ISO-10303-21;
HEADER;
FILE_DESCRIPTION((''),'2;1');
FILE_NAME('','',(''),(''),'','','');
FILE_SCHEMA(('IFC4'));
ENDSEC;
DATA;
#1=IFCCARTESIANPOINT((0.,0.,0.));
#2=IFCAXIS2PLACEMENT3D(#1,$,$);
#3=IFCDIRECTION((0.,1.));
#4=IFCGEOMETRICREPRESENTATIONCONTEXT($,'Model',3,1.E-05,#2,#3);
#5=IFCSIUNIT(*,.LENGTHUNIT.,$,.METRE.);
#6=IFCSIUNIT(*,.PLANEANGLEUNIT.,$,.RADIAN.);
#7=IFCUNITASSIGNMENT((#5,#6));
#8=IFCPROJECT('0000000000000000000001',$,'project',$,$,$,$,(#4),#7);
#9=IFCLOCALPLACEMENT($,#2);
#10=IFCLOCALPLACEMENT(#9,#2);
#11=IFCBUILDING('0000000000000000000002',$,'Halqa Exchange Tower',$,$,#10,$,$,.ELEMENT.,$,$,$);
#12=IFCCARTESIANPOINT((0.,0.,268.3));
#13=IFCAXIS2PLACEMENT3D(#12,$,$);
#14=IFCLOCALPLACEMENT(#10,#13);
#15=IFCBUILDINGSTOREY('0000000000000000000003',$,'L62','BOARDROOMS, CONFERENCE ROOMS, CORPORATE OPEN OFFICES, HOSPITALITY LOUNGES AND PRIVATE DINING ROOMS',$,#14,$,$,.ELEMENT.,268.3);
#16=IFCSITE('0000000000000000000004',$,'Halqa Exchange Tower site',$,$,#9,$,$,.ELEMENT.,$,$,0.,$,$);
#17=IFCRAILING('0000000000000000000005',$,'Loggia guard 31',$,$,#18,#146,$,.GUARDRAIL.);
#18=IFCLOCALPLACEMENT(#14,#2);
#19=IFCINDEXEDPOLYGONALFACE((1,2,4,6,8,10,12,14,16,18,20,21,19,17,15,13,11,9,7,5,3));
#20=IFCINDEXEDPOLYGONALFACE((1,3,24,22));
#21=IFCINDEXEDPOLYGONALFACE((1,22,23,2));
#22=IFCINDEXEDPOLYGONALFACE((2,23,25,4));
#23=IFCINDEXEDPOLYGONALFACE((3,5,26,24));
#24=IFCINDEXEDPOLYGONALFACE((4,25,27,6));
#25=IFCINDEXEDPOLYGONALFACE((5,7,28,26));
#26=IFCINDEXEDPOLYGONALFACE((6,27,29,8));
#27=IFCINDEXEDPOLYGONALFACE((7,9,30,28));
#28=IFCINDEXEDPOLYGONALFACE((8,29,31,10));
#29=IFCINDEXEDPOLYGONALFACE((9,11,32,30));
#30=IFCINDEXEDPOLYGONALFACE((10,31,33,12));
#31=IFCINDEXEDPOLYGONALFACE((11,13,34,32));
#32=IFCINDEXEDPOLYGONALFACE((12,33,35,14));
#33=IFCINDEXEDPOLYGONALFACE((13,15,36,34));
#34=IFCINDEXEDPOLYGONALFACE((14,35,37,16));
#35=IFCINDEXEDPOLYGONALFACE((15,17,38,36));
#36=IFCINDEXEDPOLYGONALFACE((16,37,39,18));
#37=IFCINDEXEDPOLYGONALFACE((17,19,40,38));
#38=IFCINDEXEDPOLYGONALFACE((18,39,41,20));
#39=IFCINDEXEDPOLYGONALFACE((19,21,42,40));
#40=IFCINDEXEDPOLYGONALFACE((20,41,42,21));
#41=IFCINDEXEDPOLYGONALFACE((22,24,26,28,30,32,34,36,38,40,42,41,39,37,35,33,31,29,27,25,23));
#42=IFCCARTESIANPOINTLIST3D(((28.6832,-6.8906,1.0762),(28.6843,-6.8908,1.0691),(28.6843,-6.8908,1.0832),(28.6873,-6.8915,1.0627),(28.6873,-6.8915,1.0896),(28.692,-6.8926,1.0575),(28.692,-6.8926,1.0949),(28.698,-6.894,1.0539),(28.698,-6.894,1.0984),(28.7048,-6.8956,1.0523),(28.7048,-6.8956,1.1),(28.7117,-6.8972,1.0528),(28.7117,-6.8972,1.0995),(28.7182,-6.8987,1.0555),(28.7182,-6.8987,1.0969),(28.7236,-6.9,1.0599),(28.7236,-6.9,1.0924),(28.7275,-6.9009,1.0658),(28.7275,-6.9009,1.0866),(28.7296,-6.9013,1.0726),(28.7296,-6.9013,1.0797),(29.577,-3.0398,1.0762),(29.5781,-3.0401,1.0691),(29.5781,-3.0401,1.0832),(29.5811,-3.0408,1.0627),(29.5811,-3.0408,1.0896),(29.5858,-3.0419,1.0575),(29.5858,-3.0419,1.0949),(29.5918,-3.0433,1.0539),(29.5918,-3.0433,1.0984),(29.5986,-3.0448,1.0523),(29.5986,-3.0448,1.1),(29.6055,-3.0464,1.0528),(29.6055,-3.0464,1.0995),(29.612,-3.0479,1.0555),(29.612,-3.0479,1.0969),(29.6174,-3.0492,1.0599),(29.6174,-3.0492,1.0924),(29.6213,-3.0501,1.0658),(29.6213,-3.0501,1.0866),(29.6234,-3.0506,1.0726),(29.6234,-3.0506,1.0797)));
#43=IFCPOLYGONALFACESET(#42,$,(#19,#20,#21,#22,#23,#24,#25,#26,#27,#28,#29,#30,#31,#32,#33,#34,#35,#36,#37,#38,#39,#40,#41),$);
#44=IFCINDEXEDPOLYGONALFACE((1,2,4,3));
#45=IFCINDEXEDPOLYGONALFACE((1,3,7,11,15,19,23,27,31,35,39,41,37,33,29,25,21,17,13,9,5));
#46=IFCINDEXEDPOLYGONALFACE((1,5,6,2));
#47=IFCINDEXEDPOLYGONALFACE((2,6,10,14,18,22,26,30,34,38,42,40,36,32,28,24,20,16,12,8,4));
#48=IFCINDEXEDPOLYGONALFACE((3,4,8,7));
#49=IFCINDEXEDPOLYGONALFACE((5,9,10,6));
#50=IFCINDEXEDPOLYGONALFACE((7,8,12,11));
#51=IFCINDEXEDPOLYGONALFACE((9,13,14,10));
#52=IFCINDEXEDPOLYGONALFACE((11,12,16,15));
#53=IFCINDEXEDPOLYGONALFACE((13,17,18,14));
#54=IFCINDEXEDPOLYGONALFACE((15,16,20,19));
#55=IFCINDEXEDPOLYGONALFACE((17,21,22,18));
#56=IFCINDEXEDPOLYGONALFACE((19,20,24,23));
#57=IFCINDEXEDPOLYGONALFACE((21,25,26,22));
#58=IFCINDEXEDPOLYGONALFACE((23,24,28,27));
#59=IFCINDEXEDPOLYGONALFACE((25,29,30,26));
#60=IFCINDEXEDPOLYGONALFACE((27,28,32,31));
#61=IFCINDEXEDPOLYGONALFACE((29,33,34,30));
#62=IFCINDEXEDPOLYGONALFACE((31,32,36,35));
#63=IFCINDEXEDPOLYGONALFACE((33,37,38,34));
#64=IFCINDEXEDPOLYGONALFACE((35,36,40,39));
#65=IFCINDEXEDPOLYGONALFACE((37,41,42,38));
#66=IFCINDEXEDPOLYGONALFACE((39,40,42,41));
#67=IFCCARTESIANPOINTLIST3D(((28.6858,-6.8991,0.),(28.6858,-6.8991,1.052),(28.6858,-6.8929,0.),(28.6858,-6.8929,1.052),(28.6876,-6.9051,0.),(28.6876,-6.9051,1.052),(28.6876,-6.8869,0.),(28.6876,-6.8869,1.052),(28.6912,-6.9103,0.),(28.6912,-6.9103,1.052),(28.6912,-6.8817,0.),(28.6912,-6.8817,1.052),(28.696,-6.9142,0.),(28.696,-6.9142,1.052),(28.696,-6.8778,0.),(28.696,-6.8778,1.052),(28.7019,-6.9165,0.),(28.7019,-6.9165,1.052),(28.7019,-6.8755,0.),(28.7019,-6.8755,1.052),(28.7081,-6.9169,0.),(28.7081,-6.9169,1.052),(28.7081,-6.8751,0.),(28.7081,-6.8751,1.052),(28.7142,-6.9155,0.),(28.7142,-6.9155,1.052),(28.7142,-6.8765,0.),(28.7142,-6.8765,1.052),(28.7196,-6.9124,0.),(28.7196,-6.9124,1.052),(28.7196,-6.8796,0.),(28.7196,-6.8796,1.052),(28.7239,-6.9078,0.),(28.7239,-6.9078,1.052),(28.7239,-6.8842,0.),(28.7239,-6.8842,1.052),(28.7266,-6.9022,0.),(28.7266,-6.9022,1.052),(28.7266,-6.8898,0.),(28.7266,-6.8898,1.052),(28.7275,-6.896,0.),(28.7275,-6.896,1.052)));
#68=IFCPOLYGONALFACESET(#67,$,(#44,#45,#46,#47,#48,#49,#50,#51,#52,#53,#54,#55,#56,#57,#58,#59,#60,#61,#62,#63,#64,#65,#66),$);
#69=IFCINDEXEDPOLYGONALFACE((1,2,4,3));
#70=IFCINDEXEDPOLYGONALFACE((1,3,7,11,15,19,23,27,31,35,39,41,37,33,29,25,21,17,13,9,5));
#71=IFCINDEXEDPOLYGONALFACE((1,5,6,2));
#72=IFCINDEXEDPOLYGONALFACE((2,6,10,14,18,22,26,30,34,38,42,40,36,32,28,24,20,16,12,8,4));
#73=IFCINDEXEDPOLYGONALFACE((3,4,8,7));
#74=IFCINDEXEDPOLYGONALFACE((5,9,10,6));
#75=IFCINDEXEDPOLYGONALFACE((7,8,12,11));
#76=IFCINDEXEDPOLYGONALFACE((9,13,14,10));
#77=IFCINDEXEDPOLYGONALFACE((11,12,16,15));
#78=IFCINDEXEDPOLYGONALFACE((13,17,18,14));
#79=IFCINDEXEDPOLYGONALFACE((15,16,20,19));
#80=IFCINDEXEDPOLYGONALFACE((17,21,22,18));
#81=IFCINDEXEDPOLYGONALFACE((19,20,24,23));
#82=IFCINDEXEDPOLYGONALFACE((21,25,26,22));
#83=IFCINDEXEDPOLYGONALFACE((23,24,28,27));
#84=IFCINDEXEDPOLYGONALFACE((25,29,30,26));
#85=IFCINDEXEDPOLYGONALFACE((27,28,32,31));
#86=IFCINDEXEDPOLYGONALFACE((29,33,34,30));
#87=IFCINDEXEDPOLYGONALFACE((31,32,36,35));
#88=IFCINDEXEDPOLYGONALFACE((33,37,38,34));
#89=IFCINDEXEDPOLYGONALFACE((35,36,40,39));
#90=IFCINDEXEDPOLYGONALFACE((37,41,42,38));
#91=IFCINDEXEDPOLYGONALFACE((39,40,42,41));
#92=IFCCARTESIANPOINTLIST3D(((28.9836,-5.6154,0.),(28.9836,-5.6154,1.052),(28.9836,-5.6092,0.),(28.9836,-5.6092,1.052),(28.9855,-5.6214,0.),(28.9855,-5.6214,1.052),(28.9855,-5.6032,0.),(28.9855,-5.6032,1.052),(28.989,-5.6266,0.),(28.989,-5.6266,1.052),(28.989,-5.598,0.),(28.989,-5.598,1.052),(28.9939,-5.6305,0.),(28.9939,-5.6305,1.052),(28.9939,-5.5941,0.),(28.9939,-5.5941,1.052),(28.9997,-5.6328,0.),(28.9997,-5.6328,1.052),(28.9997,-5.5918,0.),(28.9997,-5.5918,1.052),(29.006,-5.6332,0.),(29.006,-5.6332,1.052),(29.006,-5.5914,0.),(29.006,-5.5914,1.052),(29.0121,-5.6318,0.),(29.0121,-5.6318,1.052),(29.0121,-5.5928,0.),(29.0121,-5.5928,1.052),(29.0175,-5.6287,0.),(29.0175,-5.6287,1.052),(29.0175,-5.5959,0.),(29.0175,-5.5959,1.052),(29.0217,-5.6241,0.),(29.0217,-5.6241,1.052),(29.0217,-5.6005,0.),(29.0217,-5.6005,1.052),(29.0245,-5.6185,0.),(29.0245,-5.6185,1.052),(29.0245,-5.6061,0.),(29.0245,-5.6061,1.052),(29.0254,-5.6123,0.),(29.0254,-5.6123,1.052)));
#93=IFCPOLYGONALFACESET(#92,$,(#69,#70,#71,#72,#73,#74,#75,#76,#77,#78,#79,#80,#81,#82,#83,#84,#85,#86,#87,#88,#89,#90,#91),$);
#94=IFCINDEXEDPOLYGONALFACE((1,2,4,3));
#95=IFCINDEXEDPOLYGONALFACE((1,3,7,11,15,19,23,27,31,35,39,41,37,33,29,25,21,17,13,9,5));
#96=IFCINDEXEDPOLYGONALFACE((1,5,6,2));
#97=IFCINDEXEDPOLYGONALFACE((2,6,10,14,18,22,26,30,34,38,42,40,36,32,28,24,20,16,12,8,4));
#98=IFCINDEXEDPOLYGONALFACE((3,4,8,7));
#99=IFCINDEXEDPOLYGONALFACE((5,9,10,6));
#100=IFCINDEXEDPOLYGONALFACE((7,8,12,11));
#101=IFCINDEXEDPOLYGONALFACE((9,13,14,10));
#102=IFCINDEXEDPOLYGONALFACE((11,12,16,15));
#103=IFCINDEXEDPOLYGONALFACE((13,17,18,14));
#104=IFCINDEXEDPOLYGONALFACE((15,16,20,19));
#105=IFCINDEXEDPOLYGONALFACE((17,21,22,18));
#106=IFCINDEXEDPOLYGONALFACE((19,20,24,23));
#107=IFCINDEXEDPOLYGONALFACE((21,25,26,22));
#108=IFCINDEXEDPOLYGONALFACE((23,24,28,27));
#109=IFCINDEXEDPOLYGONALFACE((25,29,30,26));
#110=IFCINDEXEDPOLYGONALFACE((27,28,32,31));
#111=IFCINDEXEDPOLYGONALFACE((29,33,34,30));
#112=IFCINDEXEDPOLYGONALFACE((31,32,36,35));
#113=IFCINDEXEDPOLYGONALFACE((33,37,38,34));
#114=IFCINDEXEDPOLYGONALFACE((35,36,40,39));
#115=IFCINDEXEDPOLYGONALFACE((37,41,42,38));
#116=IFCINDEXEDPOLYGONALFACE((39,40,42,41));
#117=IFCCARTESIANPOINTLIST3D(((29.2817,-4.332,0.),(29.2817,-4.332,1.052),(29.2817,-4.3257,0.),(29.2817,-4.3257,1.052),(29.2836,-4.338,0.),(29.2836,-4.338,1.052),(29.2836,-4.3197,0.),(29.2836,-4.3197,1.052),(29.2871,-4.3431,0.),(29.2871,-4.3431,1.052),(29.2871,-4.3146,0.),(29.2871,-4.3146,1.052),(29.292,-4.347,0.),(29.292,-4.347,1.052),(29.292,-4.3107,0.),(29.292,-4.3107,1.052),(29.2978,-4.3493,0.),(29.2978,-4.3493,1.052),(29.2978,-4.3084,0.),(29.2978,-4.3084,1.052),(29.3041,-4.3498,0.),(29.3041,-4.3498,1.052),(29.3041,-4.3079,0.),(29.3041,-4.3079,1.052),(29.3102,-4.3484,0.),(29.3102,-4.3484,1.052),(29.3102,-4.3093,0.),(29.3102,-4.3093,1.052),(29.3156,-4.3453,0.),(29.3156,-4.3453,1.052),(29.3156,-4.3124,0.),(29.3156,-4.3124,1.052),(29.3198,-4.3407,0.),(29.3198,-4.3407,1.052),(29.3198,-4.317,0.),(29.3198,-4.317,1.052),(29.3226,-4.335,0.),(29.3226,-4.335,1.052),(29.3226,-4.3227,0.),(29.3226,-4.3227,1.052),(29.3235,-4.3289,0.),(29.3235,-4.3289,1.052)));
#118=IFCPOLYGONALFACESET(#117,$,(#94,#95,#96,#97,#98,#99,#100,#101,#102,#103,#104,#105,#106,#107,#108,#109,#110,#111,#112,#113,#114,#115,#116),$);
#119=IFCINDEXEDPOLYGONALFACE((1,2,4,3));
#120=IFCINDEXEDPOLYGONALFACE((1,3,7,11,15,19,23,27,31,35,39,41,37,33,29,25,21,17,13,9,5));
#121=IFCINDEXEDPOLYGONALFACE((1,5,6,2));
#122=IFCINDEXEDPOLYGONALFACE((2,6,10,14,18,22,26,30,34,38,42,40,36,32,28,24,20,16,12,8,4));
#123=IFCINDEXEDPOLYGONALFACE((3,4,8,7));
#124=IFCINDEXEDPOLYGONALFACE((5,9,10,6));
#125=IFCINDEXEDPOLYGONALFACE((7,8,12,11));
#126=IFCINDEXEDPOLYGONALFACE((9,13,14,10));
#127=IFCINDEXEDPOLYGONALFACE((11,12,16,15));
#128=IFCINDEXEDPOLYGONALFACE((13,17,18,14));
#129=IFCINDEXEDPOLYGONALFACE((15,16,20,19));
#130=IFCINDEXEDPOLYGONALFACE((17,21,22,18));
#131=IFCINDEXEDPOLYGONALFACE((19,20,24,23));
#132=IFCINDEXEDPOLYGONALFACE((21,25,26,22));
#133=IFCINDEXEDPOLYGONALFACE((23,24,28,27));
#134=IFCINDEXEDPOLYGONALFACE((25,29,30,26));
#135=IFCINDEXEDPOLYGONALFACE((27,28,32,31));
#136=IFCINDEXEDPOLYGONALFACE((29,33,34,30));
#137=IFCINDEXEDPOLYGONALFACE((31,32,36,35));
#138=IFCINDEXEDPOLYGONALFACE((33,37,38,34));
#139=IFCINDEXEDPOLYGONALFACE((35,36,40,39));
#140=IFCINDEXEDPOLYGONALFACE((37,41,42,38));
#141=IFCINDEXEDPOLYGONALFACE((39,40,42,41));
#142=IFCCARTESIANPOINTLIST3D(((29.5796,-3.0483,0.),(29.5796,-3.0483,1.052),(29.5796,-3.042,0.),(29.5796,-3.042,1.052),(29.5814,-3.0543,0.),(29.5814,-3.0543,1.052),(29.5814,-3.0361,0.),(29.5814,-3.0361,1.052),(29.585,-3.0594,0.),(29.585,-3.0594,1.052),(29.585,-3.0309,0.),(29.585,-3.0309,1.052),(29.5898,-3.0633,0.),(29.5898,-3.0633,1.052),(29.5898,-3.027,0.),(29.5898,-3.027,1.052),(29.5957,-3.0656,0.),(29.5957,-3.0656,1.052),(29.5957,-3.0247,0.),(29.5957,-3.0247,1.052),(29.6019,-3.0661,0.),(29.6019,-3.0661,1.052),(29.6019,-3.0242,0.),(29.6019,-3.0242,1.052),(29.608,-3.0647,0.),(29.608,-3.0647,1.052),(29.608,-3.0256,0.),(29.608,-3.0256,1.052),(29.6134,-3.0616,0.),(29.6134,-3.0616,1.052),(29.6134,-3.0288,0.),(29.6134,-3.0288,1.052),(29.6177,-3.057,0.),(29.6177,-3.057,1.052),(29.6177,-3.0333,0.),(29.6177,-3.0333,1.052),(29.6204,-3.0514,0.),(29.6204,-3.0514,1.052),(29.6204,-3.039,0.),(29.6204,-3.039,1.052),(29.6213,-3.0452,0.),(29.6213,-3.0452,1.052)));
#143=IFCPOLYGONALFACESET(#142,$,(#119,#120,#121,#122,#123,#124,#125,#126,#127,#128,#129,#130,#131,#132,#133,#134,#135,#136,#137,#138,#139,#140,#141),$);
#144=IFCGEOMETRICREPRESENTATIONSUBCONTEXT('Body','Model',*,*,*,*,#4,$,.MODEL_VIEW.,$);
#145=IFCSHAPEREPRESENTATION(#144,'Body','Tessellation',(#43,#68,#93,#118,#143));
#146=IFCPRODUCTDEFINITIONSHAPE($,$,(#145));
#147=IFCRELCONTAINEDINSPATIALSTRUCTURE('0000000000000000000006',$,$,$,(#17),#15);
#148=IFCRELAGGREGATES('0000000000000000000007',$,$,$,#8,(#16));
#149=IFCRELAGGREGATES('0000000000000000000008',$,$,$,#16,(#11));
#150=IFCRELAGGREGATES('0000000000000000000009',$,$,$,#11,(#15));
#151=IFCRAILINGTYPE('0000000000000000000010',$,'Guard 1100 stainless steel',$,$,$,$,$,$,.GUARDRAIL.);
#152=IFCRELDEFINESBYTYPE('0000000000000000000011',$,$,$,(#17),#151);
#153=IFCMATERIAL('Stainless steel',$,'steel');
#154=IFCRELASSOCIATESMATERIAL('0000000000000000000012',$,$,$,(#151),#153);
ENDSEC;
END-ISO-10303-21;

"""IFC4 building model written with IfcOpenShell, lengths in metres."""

from ifc_helpers import new_model, si_unit, direction, frame, origin, origin_2d, place, context, subcontext, project, spatial, circle, extrude, material, type_object, element, save


model = new_model("IFC4")

# Units and contexts
model_context = context("Model", 3, precision=1e-05, world=origin(), true_north=direction((0.0, 1.0)))
body_context = subcontext(model_context, "Body", "Model", "MODEL_VIEW")
ifc_project = project(units=[si_unit("LENGTHUNIT", "METRE"), si_unit("PLANEANGLEUNIT", "RADIAN")], contexts=[model_context])

# Site, building, storey
site_placement = place(None, origin())
site = spatial("IfcSite", under=ifc_project, at=site_placement, Name="Halqa Exchange Tower site", CompositionType="ELEMENT", RefElevation=0.0)
building_placement = place(site_placement, origin())
building = spatial("IfcBuilding", under=site, at=building_placement, Name="Halqa Exchange Tower", CompositionType="ELEMENT")
storey_placement = place(building_placement, frame((0.0, 0.0, 268.3)))
storey = spatial("IfcBuildingStorey", under=building, at=storey_placement, Name="L62", Description="BOARDROOMS, CONFERENCE ROOMS, CORPORATE OPEN OFFICES, HOSPITALITY LOUNGES AND PRIVATE DINING ROOMS", CompositionType="ELEMENT", Elevation=268.3)

# Railing
ifc_material_1 = material(Name="Stainless steel", Category="steel")
railing_type = type_object("IfcRailingType", Name="Guard 1100 stainless steel", PredefinedType="GUARDRAIL", material=ifc_material_1)
railing_1_placement = place(storey_placement, frame((28.7065, -6.896, 0.0)))
element("IfcRailing", 1, at=railing_1_placement, inside=storey, type_object=railing_type, Name="Loggia guard 31", PredefinedType="GUARDRAIL", context=body_context, shape_type="SweptSolid", body=[
    extrude(circle(Radius=0.0239, at=origin_2d()), frame((0.0, 0.0, 1.0762), z_axis=(0.226095, 0.974105, 0.0), x_axis=(-0.974105, 0.226095, 0.0)), (0.0, 0.0, 1.0), 3.9531),
    extrude(circle(Radius=0.021, at=origin_2d()), origin(), (0.0, 0.0, 1.0), 1.052),
    extrude(circle(Radius=0.021, at=origin_2d()), frame((0.2979, 1.2837, 0.0)), (0.0, 0.0, 1.0), 1.052),
    extrude(circle(Radius=0.021, at=origin_2d()), frame((0.5959, 2.5671, 0.0)), (0.0, 0.0, 1.0), 1.052),
    extrude(circle(Radius=0.021, at=origin_2d()), frame((0.8938, 3.8508, 0.0)), (0.0, 0.0, 1.0), 1.052),
])

save(model, "model.ifc")
